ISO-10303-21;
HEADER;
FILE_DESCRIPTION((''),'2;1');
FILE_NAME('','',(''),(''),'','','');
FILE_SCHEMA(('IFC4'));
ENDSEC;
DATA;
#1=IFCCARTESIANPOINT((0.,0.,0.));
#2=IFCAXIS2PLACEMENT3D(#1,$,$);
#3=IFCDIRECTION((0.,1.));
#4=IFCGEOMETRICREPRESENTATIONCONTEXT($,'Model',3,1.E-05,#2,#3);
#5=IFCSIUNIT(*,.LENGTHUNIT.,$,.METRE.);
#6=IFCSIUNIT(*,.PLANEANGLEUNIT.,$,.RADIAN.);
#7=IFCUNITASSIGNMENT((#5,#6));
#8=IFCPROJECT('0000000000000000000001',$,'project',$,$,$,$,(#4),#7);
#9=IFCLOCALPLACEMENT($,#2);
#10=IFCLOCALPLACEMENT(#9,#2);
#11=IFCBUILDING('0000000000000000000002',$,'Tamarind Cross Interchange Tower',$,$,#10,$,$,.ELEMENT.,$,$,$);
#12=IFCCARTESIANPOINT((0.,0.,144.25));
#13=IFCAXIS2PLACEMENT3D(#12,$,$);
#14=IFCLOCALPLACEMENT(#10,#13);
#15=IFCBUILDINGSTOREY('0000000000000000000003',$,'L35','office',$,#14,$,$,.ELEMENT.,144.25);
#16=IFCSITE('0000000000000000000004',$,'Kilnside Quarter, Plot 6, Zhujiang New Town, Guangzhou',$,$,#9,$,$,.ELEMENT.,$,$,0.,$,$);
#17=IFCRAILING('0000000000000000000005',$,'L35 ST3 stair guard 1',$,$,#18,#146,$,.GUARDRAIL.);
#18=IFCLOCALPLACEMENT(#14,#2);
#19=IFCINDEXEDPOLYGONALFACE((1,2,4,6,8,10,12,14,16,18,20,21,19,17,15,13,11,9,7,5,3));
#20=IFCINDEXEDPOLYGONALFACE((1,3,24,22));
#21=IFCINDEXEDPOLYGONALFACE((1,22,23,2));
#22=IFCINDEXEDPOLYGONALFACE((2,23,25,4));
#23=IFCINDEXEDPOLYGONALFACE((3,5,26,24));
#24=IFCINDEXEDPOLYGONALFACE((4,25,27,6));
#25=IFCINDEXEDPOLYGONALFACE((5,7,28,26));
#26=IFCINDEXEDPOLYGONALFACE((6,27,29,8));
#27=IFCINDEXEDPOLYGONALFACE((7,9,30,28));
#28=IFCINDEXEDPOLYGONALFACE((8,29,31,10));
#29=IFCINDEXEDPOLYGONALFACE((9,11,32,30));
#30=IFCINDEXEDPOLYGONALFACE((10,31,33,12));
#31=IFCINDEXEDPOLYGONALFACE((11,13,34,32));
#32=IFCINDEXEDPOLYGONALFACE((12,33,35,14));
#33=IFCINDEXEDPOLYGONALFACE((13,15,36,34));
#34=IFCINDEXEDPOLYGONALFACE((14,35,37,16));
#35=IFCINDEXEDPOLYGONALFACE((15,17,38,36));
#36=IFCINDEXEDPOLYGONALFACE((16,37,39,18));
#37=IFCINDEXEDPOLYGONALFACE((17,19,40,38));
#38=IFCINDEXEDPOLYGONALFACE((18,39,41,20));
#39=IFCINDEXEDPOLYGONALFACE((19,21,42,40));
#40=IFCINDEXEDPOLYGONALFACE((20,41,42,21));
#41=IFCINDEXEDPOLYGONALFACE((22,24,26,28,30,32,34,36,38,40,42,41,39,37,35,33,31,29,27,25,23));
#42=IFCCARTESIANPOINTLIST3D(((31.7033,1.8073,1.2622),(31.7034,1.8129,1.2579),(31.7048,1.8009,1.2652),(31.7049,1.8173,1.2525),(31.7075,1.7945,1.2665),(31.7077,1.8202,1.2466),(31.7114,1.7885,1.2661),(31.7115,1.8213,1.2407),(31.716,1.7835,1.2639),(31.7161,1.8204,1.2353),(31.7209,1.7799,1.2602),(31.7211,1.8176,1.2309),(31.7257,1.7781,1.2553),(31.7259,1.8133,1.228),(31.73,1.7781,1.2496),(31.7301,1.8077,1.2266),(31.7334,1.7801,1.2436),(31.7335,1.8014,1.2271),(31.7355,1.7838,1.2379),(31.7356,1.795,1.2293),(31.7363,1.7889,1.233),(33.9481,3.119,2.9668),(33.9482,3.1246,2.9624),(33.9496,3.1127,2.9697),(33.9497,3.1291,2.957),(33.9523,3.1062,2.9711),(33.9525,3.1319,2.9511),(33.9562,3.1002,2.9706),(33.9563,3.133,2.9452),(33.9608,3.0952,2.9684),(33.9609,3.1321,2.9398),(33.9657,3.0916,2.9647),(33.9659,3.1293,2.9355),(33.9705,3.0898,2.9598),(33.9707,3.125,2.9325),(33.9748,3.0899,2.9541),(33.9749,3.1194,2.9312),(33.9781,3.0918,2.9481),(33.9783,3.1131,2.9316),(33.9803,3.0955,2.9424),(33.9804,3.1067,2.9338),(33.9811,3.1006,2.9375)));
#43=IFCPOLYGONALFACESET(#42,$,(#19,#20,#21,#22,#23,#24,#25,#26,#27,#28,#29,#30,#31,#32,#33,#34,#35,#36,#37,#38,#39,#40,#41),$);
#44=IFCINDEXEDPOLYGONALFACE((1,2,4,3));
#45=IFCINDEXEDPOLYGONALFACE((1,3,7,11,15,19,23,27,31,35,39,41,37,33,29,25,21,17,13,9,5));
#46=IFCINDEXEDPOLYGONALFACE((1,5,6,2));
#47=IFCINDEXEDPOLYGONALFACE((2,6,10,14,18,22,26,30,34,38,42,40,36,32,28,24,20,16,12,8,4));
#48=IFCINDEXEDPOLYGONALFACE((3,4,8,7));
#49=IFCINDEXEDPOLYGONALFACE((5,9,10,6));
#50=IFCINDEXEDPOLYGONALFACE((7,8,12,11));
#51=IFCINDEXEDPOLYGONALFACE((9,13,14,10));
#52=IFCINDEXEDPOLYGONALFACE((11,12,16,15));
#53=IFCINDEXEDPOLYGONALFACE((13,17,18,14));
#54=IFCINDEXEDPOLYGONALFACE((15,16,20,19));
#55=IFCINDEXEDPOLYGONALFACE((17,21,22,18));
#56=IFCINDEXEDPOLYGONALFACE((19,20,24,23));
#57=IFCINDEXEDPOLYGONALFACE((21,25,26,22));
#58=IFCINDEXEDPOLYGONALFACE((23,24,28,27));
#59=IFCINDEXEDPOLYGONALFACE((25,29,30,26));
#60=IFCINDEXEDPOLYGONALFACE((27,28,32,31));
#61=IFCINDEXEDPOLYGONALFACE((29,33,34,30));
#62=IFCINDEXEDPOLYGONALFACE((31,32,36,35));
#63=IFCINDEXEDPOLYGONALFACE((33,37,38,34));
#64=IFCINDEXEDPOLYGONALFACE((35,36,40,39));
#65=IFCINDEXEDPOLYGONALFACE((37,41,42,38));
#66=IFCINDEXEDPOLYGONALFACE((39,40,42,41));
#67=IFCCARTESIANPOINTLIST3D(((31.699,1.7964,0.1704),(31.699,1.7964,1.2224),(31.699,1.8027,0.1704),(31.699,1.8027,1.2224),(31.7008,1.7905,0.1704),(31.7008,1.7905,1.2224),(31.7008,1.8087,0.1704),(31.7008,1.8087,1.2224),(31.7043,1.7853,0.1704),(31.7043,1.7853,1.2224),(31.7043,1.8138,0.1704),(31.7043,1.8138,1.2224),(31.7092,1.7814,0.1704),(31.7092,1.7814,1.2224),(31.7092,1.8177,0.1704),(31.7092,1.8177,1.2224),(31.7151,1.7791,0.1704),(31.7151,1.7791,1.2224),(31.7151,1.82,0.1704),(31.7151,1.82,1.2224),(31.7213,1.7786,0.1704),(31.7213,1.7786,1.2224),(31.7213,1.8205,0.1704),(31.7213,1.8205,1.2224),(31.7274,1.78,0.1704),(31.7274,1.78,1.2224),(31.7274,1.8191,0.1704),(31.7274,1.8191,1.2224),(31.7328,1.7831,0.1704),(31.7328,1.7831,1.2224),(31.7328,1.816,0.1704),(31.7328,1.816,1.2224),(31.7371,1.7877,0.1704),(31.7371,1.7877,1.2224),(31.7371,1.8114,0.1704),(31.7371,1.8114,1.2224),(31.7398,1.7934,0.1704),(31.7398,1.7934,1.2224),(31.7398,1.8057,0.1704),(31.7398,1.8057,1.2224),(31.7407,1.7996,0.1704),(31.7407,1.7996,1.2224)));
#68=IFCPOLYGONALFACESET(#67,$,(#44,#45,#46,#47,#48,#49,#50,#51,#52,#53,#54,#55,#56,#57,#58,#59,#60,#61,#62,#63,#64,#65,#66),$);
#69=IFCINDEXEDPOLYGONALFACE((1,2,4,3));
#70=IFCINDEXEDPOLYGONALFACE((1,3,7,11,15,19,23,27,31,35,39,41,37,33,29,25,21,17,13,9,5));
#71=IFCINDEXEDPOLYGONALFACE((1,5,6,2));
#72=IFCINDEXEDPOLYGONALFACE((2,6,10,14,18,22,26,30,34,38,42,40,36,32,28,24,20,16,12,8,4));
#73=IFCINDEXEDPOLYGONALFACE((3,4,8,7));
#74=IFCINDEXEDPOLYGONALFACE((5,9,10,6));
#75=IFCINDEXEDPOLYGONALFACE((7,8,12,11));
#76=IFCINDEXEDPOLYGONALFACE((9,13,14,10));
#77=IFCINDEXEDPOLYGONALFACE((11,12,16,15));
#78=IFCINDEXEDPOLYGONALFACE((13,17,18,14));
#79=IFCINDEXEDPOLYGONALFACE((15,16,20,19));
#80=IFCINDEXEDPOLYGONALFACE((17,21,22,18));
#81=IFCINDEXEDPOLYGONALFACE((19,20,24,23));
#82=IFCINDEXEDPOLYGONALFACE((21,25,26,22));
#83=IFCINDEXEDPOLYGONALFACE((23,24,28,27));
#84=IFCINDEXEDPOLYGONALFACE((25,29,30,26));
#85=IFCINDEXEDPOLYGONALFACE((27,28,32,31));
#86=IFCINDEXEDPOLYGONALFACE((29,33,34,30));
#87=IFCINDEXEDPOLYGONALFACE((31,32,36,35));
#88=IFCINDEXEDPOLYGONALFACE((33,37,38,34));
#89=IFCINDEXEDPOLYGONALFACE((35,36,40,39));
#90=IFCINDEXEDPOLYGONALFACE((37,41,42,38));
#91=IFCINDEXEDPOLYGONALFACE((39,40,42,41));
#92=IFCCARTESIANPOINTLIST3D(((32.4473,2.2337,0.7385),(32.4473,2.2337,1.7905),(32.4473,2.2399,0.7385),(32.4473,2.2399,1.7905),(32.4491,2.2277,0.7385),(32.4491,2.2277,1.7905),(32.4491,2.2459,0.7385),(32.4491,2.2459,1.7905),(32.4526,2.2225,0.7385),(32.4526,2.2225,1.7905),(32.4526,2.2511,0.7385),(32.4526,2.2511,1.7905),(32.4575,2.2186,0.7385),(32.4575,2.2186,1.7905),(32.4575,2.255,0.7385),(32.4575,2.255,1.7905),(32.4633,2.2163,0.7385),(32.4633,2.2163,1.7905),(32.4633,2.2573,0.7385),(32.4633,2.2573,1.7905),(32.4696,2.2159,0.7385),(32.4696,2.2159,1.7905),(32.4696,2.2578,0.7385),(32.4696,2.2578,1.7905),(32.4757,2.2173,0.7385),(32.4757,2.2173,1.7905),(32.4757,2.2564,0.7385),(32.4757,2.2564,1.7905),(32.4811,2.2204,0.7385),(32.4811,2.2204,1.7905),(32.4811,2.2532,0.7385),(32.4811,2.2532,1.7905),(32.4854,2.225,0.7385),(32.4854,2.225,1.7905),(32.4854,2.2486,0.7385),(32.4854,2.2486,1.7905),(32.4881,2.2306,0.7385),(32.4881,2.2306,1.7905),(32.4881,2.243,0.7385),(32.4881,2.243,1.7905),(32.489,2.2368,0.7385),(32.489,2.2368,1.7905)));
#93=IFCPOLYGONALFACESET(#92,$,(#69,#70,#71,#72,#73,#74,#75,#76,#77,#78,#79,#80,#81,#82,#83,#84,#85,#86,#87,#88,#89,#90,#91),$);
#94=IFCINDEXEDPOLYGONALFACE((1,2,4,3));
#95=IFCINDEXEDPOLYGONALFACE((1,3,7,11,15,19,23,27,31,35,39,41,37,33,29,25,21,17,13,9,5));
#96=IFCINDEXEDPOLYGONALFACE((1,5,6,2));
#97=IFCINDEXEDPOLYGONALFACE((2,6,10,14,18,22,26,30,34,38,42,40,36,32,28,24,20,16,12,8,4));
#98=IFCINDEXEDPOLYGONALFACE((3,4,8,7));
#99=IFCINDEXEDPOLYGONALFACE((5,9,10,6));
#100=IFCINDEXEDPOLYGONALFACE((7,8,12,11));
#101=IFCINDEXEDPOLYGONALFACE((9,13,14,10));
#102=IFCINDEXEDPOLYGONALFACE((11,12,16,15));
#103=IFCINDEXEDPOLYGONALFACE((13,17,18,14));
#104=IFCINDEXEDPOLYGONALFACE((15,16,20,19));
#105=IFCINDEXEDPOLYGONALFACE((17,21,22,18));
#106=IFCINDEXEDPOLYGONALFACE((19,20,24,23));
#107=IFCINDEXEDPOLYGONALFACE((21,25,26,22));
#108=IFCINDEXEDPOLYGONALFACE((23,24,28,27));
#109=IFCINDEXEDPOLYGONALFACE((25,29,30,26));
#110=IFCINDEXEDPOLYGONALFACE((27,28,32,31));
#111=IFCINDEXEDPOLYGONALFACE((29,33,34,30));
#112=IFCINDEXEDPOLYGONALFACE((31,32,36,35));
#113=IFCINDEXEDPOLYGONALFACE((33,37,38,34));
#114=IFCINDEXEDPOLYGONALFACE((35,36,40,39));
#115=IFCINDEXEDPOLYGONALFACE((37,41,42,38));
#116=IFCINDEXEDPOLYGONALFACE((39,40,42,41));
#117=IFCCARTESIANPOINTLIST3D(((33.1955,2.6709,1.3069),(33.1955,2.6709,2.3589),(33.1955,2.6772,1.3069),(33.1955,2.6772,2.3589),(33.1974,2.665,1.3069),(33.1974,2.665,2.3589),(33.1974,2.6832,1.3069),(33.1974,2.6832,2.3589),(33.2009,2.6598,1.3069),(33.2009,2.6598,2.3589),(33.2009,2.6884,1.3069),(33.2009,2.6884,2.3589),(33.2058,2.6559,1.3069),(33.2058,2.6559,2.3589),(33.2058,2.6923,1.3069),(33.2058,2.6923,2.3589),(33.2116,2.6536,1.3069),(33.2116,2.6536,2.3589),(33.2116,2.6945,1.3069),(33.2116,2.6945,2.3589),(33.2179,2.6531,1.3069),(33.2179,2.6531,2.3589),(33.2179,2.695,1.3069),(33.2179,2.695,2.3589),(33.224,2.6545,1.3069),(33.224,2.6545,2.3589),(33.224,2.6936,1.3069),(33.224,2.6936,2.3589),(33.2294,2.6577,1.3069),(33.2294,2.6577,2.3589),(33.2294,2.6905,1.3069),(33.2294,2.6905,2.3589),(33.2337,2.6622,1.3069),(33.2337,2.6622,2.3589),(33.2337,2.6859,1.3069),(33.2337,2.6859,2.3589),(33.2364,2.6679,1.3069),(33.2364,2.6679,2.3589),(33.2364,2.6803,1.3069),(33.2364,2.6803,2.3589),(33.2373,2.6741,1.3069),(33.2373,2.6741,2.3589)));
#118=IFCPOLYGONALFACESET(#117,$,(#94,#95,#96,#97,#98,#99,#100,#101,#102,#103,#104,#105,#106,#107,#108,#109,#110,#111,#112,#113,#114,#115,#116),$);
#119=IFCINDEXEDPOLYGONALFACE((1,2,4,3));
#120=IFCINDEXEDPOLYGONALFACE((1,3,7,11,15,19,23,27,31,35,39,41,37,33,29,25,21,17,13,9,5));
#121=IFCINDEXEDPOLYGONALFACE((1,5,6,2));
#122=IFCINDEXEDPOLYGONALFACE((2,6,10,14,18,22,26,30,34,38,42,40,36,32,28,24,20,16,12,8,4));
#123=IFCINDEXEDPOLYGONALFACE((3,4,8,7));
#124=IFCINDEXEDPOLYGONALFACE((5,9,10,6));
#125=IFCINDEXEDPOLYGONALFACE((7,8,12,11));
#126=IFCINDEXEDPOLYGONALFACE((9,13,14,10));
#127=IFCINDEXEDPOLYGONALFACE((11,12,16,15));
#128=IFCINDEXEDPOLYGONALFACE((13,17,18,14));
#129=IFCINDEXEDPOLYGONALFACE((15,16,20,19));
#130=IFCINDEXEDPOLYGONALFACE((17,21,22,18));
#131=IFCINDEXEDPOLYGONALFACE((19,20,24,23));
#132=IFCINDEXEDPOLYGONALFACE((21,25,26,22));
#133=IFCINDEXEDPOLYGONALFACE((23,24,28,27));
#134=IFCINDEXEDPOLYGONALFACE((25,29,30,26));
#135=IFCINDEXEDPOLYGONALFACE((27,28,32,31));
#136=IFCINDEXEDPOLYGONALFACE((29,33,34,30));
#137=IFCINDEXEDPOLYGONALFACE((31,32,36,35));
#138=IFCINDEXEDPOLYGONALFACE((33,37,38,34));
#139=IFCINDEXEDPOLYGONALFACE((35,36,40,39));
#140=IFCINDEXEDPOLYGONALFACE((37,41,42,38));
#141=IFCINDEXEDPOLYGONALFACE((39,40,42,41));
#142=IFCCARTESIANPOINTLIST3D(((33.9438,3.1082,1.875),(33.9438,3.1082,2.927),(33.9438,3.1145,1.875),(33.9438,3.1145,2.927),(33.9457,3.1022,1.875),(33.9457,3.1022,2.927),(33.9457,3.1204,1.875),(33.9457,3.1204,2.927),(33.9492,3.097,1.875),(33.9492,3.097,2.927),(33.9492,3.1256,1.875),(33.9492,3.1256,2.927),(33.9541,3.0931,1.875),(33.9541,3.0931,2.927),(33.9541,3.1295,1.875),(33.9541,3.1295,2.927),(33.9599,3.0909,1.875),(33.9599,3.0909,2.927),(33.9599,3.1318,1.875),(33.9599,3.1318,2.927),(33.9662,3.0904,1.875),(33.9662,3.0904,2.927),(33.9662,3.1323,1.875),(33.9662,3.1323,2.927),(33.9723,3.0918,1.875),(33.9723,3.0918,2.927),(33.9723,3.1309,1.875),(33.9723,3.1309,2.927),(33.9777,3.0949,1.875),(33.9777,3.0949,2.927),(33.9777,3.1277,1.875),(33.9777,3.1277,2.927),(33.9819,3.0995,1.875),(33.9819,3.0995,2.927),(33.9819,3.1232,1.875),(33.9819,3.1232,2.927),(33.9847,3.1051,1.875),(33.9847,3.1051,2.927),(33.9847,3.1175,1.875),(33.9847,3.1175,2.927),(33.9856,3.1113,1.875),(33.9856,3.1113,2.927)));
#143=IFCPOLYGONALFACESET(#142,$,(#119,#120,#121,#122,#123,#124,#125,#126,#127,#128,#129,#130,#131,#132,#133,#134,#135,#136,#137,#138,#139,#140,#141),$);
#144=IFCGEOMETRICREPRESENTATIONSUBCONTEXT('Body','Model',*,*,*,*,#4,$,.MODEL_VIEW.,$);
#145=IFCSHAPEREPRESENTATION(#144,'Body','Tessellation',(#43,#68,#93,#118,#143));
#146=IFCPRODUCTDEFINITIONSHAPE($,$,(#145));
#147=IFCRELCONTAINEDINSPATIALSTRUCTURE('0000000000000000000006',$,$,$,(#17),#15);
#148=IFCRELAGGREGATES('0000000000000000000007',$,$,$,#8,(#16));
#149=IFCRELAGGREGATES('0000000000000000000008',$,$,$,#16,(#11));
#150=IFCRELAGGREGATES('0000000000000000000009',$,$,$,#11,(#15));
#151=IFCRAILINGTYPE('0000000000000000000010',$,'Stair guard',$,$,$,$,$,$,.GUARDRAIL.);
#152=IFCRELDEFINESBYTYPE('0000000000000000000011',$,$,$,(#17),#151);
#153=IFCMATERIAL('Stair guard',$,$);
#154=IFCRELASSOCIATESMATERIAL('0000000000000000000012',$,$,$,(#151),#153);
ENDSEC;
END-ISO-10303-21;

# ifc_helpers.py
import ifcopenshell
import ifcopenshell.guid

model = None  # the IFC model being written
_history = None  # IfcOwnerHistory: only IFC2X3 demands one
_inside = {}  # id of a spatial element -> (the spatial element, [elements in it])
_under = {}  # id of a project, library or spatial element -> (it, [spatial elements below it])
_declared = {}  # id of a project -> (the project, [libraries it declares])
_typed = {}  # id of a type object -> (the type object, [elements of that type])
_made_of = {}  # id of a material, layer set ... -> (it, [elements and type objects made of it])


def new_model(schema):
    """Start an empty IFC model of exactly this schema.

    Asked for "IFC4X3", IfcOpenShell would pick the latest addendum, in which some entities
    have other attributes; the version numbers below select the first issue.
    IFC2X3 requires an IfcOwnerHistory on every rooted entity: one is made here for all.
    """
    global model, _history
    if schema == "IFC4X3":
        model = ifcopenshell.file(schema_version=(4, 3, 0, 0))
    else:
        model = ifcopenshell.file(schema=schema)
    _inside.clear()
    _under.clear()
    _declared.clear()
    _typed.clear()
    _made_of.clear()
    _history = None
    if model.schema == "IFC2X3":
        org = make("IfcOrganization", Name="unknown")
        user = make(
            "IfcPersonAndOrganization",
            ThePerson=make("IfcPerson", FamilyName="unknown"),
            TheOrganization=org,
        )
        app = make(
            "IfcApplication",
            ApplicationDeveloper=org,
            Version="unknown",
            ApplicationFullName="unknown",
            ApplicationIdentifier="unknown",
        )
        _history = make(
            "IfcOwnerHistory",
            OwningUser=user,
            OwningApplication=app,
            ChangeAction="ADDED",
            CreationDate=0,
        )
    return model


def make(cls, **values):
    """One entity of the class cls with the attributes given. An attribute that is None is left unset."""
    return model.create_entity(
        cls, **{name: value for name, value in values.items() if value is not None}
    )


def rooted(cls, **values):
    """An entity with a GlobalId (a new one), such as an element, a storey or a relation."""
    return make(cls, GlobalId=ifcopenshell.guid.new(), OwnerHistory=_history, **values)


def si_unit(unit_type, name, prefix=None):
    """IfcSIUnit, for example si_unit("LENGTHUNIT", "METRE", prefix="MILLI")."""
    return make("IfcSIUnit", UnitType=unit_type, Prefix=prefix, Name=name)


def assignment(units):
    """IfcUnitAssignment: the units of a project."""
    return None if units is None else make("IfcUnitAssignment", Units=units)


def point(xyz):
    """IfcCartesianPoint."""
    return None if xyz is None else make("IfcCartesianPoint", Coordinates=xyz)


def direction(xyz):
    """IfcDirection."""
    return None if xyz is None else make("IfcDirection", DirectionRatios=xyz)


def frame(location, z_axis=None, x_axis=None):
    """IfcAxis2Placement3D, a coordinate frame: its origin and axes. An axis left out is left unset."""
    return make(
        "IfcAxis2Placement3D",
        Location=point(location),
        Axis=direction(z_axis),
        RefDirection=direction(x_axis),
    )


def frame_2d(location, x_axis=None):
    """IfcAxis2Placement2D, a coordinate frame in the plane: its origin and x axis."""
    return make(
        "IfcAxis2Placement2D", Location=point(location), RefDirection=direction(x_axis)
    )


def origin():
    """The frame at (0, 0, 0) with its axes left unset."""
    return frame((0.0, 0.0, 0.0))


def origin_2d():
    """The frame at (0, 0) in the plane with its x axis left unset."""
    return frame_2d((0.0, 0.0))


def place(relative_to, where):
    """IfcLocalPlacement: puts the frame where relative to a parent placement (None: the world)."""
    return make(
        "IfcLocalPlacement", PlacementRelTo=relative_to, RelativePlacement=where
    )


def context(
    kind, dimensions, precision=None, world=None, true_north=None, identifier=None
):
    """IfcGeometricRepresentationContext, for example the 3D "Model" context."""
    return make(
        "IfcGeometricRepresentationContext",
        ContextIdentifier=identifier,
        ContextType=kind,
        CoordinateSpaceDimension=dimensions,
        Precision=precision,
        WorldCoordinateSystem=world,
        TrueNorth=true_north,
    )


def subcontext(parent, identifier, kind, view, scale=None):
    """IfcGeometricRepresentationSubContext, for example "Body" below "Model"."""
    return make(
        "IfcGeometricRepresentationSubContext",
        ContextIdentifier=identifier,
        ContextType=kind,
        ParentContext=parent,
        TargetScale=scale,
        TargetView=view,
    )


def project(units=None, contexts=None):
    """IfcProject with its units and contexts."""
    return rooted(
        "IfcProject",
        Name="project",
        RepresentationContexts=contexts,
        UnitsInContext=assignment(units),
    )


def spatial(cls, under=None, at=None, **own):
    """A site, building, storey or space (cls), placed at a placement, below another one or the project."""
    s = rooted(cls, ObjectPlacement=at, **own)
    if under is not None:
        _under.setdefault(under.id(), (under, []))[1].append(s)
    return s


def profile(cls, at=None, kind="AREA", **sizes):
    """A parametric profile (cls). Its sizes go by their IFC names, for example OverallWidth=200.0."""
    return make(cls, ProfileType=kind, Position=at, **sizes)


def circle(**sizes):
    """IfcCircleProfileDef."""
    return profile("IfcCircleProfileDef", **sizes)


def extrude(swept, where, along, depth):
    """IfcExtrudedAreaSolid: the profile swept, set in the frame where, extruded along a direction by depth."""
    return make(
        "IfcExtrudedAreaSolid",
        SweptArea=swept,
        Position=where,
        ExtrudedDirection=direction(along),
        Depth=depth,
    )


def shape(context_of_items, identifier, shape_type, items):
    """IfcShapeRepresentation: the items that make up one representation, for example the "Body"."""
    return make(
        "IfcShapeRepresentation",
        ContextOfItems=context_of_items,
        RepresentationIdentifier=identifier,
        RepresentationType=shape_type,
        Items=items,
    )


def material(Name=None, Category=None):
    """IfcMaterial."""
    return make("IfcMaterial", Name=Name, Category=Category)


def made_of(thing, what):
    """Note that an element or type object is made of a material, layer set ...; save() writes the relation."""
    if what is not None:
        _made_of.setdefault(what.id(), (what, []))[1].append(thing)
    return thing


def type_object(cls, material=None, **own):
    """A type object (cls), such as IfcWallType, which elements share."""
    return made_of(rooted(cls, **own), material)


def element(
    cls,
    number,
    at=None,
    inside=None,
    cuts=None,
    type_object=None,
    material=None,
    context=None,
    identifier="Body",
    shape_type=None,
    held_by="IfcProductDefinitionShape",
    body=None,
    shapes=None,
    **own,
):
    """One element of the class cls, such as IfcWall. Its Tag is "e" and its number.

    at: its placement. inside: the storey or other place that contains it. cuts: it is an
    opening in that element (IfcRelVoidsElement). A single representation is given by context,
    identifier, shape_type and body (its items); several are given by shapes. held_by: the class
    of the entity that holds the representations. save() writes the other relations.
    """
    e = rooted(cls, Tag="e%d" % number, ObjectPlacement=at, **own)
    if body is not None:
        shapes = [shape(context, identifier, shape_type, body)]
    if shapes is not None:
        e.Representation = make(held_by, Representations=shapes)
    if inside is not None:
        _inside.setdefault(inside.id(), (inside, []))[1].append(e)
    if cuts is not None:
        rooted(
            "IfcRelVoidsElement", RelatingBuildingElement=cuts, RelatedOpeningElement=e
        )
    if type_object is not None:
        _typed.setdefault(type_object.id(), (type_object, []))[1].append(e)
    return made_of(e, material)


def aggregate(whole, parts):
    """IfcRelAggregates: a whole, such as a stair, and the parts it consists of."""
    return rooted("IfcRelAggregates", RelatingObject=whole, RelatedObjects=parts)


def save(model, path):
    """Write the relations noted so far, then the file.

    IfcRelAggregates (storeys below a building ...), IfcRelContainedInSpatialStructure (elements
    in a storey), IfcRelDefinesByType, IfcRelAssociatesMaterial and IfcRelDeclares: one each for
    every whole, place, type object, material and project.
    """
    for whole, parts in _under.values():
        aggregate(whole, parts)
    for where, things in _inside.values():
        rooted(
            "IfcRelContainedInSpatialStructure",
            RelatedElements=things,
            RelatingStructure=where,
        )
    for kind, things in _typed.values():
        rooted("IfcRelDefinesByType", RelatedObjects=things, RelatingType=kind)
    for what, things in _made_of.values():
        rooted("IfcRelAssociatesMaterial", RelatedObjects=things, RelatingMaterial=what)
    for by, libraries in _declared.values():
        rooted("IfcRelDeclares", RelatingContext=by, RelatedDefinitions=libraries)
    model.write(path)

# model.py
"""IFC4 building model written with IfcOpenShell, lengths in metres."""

from ifc_helpers import new_model, si_unit, direction, frame, origin, origin_2d, place, context, subcontext, project, spatial, circle, extrude, material, type_object, element, save


model = new_model("IFC4")

# Units and contexts
model_context = context("Model", 3, precision=1e-05, world=origin(), true_north=direction((0.0, 1.0)))
body_context = subcontext(model_context, "Body", "Model", "MODEL_VIEW")
ifc_project = project(units=[si_unit("LENGTHUNIT", "METRE"), si_unit("PLANEANGLEUNIT", "RADIAN")], contexts=[model_context])

# Site, building, storey
site_placement = place(None, origin())
site = spatial("IfcSite", under=ifc_project, at=site_placement, Name="Kilnside Quarter, Plot 6, Zhujiang New Town, Guangzhou", CompositionType="ELEMENT", RefElevation=0.0)
building_placement = place(site_placement, origin())
building = spatial("IfcBuilding", under=site, at=building_placement, Name="Tamarind Cross Interchange Tower", CompositionType="ELEMENT")
storey_placement = place(building_placement, frame((0.0, 0.0, 144.25)))
storey = spatial("IfcBuildingStorey", under=building, at=storey_placement, Name="L35", Description="office", CompositionType="ELEMENT", Elevation=144.25)

# Railing
ifc_material_1 = material(Name="Stair guard")
railing_type_1 = type_object("IfcRailingType", Name="Stair guard", PredefinedType="GUARDRAIL", material=ifc_material_1)
railing_1_placement = place(storey_placement, frame((31.7197, 1.7996, 0.1704)))
element("IfcRailing", 1, at=railing_1_placement, inside=storey, type_object=railing_type_1, Name="L35 ST3 stair guard 1", PredefinedType="GUARDRAIL", context=body_context, shape_type="SweptSolid", body=[
    extrude(circle(Radius=0.0239, at=origin_2d()), frame((0.0, 0.0, 1.0762), z_axis=(0.722059, 0.421927, 0.548278), x_axis=(-0.504519, 0.863401, 0.0)), (0.0, 0.0, 1.0), 3.1089),
    extrude(circle(Radius=0.021, at=origin_2d()), origin(), (0.0, 0.0, 1.0), 1.052),
    extrude(circle(Radius=0.021, at=origin_2d()), frame((0.7483, 0.4373, 0.5681)), (0.0, 0.0, 1.0), 1.052),
    extrude(circle(Radius=0.021, at=origin_2d()), frame((1.4966, 0.8745, 1.1365)), (0.0, 0.0, 1.0), 1.052),
    extrude(circle(Radius=0.021, at=origin_2d()), frame((2.2449, 1.3118, 1.7046)), (0.0, 0.0, 1.0), 1.052),
])

save(model, "model.ifc")
